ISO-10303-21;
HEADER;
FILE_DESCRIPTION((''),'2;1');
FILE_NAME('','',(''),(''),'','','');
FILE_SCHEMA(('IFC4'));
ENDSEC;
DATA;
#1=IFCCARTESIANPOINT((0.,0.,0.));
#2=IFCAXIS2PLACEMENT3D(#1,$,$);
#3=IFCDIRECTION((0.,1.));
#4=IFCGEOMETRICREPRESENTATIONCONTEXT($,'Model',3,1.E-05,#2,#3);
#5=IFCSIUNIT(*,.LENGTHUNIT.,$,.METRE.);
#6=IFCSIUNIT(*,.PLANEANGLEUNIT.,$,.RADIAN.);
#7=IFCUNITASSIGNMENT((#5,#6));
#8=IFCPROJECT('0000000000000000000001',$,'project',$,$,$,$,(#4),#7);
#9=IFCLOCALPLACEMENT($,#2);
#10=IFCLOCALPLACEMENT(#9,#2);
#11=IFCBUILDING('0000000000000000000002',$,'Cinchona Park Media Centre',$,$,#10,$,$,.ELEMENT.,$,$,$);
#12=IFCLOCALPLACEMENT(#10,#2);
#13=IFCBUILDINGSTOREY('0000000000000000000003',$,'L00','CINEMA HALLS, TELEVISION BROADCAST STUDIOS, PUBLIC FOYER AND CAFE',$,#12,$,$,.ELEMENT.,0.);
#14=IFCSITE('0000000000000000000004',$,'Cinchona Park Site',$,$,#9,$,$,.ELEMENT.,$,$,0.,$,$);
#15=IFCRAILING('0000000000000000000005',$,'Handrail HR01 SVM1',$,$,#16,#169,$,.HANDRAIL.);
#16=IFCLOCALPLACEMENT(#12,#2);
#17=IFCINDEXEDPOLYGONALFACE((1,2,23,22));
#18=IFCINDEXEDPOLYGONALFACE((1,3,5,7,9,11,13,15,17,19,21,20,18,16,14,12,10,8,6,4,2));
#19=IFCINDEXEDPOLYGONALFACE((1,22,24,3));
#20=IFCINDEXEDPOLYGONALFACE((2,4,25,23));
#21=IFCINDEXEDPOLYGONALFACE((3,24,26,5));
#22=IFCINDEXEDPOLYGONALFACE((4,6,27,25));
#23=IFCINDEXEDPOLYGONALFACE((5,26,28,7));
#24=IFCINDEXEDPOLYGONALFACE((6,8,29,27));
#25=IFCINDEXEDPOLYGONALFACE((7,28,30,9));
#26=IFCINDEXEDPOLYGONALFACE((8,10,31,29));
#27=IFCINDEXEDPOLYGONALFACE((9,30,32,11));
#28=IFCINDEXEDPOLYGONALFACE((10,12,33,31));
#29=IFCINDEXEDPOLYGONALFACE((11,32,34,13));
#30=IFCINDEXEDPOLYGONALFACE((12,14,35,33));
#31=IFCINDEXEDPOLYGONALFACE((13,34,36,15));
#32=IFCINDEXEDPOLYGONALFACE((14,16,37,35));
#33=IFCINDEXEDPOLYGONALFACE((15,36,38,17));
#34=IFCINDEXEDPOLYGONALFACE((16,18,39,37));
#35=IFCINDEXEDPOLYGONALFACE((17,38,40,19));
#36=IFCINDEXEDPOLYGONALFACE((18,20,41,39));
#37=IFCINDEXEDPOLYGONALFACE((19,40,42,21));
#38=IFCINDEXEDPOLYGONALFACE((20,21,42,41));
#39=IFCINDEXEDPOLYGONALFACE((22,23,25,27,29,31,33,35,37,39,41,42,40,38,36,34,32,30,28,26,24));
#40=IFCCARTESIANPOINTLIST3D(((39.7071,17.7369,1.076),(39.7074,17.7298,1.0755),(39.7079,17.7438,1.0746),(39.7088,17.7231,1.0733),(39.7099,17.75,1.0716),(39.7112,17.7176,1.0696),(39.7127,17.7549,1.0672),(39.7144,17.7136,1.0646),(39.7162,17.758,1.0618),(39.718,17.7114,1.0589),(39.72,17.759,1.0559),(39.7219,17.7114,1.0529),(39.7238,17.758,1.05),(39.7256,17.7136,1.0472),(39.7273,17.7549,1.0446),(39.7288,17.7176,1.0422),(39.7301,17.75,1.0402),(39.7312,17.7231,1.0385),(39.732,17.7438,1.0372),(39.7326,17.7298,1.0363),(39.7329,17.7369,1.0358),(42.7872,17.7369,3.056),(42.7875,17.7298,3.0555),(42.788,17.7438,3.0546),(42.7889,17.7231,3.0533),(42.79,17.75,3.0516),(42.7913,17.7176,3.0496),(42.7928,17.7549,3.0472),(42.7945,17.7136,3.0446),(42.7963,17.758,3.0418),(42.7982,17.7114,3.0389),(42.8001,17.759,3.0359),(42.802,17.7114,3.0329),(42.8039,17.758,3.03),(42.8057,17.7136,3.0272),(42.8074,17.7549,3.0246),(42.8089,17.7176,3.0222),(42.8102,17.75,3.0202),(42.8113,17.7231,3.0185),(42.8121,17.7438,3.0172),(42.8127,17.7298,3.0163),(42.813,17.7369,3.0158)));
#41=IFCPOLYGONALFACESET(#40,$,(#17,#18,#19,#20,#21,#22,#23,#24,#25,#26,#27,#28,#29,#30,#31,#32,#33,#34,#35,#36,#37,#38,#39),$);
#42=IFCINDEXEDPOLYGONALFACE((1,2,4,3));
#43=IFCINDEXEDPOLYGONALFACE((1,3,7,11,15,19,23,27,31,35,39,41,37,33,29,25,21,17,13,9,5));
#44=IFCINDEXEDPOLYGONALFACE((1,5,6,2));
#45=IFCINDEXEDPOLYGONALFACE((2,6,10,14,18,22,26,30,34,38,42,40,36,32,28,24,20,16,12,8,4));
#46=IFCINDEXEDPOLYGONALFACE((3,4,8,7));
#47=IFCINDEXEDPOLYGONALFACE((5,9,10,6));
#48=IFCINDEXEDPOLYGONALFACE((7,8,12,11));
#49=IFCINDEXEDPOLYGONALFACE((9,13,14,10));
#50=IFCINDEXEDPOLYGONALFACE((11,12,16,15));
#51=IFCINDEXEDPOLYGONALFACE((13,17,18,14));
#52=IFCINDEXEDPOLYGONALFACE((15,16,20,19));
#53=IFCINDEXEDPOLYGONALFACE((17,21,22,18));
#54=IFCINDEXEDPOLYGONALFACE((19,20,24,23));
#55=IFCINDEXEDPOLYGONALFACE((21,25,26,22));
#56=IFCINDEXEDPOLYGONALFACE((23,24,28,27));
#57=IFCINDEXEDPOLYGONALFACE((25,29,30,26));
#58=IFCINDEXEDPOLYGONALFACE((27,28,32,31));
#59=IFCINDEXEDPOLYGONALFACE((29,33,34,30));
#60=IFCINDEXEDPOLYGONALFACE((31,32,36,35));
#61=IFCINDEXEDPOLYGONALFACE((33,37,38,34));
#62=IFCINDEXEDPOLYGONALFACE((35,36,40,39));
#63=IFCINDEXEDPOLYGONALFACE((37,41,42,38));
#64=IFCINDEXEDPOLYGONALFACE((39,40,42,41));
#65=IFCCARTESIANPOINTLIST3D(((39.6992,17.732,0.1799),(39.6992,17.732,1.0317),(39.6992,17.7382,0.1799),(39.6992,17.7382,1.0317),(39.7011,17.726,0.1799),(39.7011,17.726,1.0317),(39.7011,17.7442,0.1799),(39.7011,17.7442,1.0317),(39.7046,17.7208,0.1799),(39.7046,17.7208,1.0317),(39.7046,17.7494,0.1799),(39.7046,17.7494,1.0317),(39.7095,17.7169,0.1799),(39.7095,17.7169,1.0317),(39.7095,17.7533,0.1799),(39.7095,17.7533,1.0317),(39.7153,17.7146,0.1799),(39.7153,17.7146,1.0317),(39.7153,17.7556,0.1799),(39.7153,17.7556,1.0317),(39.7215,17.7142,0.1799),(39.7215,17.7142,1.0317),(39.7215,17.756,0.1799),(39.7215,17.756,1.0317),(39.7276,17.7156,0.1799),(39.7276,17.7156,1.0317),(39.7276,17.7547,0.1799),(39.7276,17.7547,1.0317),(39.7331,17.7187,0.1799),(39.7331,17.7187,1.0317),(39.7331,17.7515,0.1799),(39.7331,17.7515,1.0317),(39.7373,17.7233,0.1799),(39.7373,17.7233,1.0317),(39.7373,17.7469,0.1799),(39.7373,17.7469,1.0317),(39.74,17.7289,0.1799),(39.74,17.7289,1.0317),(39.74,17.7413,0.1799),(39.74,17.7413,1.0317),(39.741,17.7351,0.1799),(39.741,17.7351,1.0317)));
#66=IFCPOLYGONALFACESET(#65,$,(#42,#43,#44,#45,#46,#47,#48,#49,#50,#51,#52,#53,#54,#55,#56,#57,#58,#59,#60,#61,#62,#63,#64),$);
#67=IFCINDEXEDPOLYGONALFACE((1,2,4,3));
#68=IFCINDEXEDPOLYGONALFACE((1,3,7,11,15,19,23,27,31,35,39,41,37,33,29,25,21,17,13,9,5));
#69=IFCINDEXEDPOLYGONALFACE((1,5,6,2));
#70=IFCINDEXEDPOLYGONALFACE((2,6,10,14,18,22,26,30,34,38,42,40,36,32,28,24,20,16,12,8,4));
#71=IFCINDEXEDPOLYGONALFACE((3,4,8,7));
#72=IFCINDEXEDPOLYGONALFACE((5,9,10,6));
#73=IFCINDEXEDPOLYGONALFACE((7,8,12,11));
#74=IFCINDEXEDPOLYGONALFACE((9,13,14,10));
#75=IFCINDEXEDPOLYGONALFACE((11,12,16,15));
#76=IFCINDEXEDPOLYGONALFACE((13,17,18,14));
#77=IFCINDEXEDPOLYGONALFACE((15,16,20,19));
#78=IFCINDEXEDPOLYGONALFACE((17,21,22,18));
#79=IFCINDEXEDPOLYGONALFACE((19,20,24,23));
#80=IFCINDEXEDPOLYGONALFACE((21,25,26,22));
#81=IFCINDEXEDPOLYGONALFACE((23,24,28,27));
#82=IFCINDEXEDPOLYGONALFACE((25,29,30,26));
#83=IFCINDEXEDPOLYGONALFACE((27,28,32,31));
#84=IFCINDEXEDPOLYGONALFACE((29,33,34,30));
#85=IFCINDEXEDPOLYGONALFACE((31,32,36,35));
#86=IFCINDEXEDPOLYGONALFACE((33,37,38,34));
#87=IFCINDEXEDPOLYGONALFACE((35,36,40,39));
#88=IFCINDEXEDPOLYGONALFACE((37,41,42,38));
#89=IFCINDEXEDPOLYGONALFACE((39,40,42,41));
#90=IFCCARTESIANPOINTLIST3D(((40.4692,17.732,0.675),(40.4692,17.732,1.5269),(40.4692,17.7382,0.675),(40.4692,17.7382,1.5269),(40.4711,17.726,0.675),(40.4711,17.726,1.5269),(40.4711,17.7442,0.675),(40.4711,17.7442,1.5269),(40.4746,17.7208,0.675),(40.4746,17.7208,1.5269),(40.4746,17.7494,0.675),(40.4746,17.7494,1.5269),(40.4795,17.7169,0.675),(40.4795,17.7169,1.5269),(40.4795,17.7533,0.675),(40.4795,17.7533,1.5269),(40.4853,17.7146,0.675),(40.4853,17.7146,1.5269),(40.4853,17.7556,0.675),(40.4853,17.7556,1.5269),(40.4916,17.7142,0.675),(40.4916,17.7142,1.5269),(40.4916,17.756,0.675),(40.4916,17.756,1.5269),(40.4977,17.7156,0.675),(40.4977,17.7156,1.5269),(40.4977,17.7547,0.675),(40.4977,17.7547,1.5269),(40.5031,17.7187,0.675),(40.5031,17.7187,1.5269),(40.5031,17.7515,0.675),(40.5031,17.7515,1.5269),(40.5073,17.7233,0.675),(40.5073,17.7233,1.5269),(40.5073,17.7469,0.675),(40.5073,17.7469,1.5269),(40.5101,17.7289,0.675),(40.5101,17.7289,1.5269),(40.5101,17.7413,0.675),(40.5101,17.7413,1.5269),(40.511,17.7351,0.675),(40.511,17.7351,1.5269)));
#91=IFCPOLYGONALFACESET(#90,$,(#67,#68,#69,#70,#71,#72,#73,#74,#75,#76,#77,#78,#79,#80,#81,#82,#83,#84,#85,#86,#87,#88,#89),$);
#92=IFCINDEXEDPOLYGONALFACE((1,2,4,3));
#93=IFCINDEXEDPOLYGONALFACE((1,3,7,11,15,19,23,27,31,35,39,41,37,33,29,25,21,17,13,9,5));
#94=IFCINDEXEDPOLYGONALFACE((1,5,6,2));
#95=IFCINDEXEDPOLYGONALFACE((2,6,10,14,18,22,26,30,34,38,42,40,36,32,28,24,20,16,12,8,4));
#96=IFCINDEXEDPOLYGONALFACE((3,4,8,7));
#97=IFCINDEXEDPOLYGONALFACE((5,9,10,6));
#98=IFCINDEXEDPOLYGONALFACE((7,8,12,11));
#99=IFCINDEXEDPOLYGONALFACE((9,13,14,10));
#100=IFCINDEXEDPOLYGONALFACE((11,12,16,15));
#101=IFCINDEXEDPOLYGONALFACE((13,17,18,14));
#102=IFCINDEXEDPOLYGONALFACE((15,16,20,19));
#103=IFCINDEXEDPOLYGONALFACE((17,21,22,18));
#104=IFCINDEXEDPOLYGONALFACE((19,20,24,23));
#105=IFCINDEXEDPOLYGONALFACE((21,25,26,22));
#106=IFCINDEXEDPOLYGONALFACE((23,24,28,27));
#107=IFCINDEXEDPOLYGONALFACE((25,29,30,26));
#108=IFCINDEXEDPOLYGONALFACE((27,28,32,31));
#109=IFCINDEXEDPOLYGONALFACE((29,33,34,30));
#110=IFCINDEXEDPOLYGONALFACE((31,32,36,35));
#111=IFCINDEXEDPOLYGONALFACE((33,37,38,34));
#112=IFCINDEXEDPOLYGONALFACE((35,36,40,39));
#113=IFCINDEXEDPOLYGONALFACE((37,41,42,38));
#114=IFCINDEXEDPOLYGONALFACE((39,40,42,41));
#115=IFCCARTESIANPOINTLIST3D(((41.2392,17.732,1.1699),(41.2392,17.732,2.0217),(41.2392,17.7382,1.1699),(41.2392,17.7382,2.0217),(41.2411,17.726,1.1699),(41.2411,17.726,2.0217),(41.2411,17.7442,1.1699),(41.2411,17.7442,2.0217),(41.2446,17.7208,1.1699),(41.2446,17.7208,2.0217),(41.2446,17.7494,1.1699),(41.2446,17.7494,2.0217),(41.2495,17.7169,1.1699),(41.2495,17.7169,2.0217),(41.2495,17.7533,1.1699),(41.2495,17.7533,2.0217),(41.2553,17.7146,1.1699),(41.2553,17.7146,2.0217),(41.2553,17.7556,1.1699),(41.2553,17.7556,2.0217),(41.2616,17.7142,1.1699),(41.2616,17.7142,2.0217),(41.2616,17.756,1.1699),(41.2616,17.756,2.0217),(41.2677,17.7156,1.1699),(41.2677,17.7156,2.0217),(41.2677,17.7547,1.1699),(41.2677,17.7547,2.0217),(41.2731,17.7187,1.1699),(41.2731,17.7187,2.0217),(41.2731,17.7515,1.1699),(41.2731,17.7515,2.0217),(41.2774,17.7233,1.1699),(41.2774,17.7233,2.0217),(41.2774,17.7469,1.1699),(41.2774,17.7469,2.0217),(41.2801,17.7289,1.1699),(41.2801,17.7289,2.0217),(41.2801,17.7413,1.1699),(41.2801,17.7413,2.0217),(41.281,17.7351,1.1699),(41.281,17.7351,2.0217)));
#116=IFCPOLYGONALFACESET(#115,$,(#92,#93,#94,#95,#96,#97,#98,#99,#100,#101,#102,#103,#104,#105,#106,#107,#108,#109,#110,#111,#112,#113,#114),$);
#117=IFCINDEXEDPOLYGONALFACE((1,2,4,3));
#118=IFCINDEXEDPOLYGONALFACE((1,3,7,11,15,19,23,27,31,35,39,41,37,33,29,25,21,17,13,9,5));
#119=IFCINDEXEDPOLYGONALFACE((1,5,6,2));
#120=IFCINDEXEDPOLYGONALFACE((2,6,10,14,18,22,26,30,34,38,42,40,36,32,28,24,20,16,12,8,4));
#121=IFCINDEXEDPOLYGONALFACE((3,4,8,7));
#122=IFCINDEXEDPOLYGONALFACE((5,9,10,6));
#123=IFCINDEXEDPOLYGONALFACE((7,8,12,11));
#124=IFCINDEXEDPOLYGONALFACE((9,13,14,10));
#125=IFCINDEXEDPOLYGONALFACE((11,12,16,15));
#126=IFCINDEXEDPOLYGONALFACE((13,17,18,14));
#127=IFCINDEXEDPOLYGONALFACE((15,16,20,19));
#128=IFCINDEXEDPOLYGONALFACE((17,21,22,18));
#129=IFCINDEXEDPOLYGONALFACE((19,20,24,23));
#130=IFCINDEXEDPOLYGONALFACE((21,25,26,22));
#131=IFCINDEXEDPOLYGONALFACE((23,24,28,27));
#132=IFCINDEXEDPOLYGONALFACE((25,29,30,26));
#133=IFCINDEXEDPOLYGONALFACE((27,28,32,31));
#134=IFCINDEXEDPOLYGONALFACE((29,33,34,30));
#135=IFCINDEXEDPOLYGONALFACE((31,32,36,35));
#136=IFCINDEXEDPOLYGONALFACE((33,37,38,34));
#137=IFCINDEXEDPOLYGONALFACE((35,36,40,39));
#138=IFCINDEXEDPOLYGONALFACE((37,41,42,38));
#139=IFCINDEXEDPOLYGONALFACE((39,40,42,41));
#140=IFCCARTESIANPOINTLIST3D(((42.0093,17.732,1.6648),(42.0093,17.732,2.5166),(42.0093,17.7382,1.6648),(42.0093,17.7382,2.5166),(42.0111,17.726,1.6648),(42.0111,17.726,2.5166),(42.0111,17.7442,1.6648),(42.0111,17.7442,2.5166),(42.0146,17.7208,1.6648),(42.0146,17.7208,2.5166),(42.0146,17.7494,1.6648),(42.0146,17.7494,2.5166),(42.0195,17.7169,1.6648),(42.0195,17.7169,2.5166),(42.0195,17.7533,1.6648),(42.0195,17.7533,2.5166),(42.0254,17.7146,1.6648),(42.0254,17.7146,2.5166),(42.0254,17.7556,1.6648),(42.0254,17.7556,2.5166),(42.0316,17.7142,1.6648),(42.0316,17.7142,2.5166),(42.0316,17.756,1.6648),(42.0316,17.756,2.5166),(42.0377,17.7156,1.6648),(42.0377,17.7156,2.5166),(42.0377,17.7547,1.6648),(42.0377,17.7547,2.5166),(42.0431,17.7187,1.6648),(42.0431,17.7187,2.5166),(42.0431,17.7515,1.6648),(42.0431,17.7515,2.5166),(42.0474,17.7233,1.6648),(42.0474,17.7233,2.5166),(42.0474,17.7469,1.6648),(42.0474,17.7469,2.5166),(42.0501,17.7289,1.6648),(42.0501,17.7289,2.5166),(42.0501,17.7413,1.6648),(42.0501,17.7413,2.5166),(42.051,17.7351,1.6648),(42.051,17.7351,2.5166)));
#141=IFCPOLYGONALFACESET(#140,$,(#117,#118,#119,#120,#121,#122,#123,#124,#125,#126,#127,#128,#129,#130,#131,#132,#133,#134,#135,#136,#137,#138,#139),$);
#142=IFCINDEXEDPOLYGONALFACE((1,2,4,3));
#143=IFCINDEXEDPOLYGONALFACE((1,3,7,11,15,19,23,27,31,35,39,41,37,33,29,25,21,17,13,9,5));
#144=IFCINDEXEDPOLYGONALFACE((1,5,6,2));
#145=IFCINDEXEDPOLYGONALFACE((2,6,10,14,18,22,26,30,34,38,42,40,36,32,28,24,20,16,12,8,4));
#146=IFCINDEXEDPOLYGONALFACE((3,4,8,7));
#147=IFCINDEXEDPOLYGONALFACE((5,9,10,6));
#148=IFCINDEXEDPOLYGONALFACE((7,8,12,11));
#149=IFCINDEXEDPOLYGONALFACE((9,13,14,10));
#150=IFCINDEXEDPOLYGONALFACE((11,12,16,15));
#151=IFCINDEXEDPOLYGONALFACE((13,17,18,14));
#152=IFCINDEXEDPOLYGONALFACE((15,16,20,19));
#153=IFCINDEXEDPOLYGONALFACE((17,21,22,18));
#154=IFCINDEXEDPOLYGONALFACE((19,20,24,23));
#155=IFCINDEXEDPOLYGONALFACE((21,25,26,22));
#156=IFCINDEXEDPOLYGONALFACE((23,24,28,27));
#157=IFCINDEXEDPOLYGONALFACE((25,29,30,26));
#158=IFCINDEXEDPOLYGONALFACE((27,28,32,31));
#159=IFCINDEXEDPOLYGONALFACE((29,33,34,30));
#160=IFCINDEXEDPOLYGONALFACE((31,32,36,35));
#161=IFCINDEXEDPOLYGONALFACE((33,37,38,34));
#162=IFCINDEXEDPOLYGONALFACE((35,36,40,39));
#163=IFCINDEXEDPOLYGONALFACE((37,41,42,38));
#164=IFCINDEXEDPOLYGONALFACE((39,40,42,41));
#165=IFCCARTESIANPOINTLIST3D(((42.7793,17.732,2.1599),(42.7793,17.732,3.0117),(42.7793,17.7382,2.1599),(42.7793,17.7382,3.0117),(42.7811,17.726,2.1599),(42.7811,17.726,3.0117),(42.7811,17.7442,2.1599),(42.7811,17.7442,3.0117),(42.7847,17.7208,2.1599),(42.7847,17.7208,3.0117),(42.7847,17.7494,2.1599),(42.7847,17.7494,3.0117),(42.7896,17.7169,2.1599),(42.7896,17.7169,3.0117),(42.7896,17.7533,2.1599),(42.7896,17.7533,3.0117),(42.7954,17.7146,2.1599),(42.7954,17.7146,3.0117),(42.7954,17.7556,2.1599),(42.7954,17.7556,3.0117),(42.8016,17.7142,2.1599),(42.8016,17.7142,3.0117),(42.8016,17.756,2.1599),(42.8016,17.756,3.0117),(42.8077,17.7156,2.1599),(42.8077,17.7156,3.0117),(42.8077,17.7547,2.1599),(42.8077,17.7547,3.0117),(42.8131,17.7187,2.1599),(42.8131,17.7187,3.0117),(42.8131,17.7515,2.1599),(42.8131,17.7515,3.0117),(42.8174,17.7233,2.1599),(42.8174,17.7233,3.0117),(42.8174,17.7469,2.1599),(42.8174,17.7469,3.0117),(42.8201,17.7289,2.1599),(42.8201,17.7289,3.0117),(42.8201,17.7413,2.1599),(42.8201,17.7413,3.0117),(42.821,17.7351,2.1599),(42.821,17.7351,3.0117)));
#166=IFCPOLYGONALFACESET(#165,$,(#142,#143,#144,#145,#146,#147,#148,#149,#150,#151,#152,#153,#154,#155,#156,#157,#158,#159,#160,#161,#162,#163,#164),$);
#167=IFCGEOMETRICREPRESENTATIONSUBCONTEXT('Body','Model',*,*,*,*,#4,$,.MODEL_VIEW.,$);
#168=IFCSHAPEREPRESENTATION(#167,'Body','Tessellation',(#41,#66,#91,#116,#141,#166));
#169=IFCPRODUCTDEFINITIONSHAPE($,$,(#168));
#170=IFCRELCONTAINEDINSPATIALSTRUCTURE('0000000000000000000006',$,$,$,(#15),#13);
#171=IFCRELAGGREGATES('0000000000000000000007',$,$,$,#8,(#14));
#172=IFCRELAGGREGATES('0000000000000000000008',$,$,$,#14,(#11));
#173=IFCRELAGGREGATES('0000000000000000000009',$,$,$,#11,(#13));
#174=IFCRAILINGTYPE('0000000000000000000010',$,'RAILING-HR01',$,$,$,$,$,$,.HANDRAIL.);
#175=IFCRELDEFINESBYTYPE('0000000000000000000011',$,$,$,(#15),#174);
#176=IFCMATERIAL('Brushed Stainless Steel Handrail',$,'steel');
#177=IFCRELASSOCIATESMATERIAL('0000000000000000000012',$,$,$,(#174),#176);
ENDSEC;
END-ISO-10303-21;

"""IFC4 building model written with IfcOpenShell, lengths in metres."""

from ifc_helpers import new_model, si_unit, direction, frame, origin, origin_2d, place, context, subcontext, project, spatial, circle, extrude, material, type_object, element, save


model = new_model("IFC4")

# Units and contexts
model_context = context("Model", 3, precision=1e-05, world=origin(), true_north=direction((0.0, 1.0)))
body_context = subcontext(model_context, "Body", "Model", "MODEL_VIEW")
ifc_project = project(units=[si_unit("LENGTHUNIT", "METRE"), si_unit("PLANEANGLEUNIT", "RADIAN")], contexts=[model_context])

# Site, building, storey
site_placement = place(None, origin())
site = spatial("IfcSite", under=ifc_project, at=site_placement, Name="Cinchona Park Site", CompositionType="ELEMENT", RefElevation=0.0)
building_placement = place(site_placement, origin())
building = spatial("IfcBuilding", under=site, at=building_placement, Name="Cinchona Park Media Centre", CompositionType="ELEMENT")
storey_placement = place(building_placement, origin())
storey = spatial("IfcBuildingStorey", under=building, at=storey_placement, Name="L00", Description="CINEMA HALLS, TELEVISION BROADCAST STUDIOS, PUBLIC FOYER AND CAFE", CompositionType="ELEMENT", Elevation=0.0)

# Railing
ifc_material_1 = material(Name="Brushed Stainless Steel Handrail", Category="steel")
railing_type_1 = type_object("IfcRailingType", Name="RAILING-HR01", PredefinedType="HANDRAIL", material=ifc_material_1)
railing_1_placement = place(storey_placement, frame((39.72, 17.7351, 0.1799)))
element("IfcRailing", 1, at=railing_1_placement, inside=storey, type_object=railing_type_1, Name="Handrail HR01 SVM1", PredefinedType="HANDRAIL", context=body_context, shape_type="SweptSolid", body=[
    extrude(circle(Radius=0.0239, at=origin_2d()), frame((0.0, 0.0, 0.876), z_axis=(0.841187, 0.0, 0.540744), x_axis=(0.0, 1.0, 0.0)), (0.0, 0.0, 1.0), 3.6616),
    extrude(circle(Radius=0.021, at=origin_2d()), origin(), (0.0, 0.0, 1.0), 0.8518),
    extrude(circle(Radius=0.021, at=origin_2d()), frame((0.77, 0.0, 0.4951)), (0.0, 0.0, 1.0), 0.8518),
    extrude(circle(Radius=0.021, at=origin_2d()), frame((1.54, 0.0, 0.99)), (0.0, 0.0, 1.0), 0.8518),
    extrude(circle(Radius=0.021, at=origin_2d()), frame((2.3101, 0.0, 1.4849)), (0.0, 0.0, 1.0), 0.8518),
    extrude(circle(Radius=0.021, at=origin_2d()), frame((3.0801, 0.0, 1.98)), (0.0, 0.0, 1.0), 0.8518),
])

save(model, "model.ifc")
